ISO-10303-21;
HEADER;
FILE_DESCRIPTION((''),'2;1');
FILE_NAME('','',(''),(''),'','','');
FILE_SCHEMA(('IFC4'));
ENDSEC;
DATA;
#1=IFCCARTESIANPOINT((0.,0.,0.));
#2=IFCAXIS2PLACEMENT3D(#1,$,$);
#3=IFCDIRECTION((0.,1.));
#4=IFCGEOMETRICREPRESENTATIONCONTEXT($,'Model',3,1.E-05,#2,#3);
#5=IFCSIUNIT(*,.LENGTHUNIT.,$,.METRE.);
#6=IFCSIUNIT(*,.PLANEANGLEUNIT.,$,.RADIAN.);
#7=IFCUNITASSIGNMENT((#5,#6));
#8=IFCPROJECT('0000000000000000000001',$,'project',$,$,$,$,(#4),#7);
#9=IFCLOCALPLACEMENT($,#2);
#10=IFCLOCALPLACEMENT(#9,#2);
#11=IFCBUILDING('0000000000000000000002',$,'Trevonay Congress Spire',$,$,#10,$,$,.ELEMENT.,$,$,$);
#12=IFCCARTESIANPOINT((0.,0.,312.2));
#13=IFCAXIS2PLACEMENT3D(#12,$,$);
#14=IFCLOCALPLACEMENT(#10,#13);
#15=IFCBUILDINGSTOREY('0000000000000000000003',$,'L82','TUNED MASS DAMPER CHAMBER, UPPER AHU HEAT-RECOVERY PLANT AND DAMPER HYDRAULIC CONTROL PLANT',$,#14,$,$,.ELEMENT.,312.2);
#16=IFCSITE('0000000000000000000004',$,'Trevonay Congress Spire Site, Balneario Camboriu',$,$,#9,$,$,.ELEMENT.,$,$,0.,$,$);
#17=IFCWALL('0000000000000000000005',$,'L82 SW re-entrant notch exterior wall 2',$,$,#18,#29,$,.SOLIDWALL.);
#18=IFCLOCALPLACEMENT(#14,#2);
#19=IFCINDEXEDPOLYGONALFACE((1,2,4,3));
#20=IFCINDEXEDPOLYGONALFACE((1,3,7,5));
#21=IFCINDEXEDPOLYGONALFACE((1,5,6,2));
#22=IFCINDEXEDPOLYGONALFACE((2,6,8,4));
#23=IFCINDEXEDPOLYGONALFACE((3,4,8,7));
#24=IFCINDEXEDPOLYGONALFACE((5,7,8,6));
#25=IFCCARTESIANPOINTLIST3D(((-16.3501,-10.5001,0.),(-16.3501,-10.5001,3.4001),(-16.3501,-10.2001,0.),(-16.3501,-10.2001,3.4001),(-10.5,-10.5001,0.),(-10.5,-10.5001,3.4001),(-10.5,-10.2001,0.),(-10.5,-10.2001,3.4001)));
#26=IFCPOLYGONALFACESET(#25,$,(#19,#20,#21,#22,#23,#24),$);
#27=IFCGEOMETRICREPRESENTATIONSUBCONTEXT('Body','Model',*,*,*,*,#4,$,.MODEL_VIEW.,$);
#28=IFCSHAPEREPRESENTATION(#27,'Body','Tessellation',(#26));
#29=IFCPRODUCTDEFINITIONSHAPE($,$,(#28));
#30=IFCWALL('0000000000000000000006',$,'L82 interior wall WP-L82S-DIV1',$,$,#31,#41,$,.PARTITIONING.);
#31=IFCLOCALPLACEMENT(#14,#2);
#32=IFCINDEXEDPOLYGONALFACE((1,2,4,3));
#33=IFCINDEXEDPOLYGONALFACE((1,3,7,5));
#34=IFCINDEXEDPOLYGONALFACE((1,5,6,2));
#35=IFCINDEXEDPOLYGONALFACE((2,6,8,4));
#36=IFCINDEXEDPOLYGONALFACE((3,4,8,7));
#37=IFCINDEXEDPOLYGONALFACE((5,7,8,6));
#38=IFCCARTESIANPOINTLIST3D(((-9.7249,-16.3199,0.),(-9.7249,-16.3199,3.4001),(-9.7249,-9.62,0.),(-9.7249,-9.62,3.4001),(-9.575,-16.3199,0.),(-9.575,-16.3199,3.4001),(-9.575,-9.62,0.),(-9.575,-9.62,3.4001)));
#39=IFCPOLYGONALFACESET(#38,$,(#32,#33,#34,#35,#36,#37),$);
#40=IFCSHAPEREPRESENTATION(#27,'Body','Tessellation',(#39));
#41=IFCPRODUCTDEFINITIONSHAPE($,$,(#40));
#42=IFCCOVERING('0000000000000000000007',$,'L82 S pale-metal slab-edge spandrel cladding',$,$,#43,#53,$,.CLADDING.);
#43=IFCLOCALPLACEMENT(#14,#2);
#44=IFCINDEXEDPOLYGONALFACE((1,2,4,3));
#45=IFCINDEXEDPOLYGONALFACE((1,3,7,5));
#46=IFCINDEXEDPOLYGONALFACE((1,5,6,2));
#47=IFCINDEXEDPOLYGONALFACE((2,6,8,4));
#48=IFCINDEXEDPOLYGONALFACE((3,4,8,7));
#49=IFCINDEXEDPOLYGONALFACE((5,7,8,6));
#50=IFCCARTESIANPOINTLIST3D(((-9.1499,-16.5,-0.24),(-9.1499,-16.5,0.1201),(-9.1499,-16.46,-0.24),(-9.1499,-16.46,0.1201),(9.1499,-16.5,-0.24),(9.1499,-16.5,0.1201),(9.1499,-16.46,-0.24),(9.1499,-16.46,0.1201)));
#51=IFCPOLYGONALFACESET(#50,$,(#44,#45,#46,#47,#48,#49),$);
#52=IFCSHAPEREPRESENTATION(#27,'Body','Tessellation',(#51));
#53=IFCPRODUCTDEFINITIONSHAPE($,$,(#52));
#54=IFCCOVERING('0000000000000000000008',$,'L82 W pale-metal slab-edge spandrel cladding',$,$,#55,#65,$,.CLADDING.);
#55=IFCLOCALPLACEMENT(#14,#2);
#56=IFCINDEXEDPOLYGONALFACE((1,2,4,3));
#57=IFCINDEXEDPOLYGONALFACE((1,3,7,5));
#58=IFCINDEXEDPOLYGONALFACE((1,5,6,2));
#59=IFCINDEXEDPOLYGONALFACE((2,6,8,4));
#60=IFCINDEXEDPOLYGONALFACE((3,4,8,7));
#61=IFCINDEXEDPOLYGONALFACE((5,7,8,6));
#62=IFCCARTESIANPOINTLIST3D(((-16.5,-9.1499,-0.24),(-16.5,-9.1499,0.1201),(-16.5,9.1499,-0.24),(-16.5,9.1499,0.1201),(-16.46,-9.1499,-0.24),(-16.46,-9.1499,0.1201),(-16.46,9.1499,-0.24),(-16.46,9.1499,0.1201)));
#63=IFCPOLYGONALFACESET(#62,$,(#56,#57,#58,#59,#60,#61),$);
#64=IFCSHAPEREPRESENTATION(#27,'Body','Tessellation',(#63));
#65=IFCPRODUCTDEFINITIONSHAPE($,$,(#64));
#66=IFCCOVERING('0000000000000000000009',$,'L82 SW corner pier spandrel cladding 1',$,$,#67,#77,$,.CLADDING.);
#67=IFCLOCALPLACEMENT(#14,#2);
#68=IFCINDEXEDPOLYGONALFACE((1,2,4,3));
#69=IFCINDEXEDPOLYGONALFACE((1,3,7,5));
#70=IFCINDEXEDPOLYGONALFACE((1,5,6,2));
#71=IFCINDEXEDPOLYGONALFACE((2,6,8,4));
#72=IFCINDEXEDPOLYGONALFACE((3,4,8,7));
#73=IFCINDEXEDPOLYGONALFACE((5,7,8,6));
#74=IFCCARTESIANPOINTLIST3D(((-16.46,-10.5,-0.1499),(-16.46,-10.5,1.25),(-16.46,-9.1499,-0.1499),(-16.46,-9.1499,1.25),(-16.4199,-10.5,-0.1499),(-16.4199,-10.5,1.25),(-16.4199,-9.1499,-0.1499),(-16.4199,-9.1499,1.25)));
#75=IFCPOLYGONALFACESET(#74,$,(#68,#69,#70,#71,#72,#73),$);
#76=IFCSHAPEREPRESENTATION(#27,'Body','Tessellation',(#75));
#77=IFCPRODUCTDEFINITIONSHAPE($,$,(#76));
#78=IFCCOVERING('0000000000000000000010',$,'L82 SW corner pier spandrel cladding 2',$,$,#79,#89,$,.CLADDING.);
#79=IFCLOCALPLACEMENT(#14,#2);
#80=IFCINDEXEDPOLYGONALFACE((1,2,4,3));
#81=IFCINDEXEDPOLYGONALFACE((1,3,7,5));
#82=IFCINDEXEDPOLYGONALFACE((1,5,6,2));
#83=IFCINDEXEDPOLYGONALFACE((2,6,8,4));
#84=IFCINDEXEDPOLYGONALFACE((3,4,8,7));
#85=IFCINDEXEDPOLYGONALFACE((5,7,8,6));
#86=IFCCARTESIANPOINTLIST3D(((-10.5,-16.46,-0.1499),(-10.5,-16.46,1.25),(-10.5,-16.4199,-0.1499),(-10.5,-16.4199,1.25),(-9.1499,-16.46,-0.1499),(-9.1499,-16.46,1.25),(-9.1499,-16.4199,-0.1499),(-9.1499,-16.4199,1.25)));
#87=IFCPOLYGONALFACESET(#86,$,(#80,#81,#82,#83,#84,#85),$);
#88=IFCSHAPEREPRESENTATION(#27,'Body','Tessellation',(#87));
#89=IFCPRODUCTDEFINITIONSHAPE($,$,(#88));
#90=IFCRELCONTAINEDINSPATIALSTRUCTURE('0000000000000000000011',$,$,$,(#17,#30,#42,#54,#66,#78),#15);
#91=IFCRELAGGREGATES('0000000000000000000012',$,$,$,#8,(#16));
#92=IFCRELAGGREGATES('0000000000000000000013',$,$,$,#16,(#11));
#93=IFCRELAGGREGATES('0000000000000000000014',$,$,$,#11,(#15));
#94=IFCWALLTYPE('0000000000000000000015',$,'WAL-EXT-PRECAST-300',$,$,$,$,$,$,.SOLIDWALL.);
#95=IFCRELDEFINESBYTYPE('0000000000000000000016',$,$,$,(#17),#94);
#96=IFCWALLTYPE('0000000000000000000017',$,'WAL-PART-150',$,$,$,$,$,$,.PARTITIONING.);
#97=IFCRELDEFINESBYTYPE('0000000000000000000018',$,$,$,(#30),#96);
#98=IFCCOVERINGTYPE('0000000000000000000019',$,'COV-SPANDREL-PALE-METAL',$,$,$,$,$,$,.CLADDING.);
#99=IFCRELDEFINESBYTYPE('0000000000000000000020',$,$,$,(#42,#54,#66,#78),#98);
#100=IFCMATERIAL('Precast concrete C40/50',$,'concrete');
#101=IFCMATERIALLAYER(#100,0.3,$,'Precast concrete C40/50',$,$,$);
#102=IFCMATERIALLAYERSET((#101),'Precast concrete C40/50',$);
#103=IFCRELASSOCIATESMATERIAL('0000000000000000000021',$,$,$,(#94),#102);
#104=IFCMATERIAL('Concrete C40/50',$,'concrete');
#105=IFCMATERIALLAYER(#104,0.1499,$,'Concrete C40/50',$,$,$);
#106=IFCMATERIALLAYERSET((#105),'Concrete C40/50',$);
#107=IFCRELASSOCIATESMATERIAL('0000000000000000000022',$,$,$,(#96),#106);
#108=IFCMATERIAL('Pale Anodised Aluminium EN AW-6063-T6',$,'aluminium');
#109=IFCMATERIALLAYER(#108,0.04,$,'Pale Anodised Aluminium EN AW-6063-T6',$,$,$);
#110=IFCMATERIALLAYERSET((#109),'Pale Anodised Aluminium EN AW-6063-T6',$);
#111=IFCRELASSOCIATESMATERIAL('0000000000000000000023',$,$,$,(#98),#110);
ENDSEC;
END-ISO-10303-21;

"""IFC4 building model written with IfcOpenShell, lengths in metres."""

from ifc_helpers import new_model, si_unit, direction, frame, frame_2d, origin, place, context, subcontext, project, spatial, rectangle, extrude, material, layer, layer_set, type_object, element, save


model = new_model("IFC4")

# Units and contexts
model_context = context("Model", 3, precision=1e-05, world=origin(), true_north=direction((0.0, 1.0)))
body_context = subcontext(model_context, "Body", "Model", "MODEL_VIEW")
ifc_project = project(units=[si_unit("LENGTHUNIT", "METRE"), si_unit("PLANEANGLEUNIT", "RADIAN")], contexts=[model_context])

# Site, building, storey
site_placement = place(None, origin())
site = spatial("IfcSite", under=ifc_project, at=site_placement, Name="Trevonay Congress Spire Site, Balneario Camboriu", CompositionType="ELEMENT", RefElevation=0.0)
building_placement = place(site_placement, origin())
building = spatial("IfcBuilding", under=site, at=building_placement, Name="Trevonay Congress Spire", CompositionType="ELEMENT")
storey_placement = place(building_placement, frame((0.0, 0.0, 312.2)))
storey = spatial("IfcBuildingStorey", under=building, at=storey_placement, Name="L82", Description="TUNED MASS DAMPER CHAMBER, UPPER AHU HEAT-RECOVERY PLANT AND DAMPER HYDRAULIC CONTROL PLANT", CompositionType="ELEMENT", Elevation=312.2)

# Shared definitions
ifc_material_1 = material(Name="Pale Anodised Aluminium EN AW-6063-T6", Category="aluminium")

# Shared definitions
ifc_material_2 = material(Name="Concrete C40/50", Category="concrete")

# Shared definitions
ifc_material_3 = material(Name="Precast concrete C40/50", Category="concrete")
ifc_layer_1 = layer(ifc_material_3, 0.3, Name="Precast concrete C40/50")
ifc_layer_set_1 = layer_set([ifc_layer_1], Name="Precast concrete C40/50")
wall_type_1 = type_object("IfcWallType", Name="WAL-EXT-PRECAST-300", PredefinedType="SOLIDWALL", material=ifc_layer_set_1)

# Walls
wall_1_placement = place(storey_placement, frame((-16.3501, -10.3501, 0.0), z_axis=(0.0, 0.0, 1.0), x_axis=(1.0, 0.0, 0.0)))
element("IfcWall", 1, at=wall_1_placement, inside=storey, type_object=wall_type_1, Name="L82 SW re-entrant notch exterior wall 2", PredefinedType="SOLIDWALL", context=body_context, shape_type="SweptSolid", body=[
    extrude(rectangle(XDim=5.8501, YDim=0.3, at=frame_2d((2.925, 0.0))), origin(), (0.0, 0.0, 1.0), 3.4001),
])
ifc_layer_2 = layer(ifc_material_2, 0.1499, Name="Concrete C40/50")
ifc_layer_set_2 = layer_set([ifc_layer_2], Name="Concrete C40/50")
wall_type_2 = type_object("IfcWallType", Name="WAL-PART-150", PredefinedType="PARTITIONING", material=ifc_layer_set_2)
wall_2_placement = place(storey_placement, frame((-9.6499, -16.3201, 0.0), z_axis=(0.0, 0.0, 1.0), x_axis=(0.0, 1.0, 0.0)))
element("IfcWall", 2, at=wall_2_placement, inside=storey, type_object=wall_type_2, Name="L82 interior wall WP-L82S-DIV1", PredefinedType="PARTITIONING", context=body_context, shape_type="SweptSolid", body=[
    extrude(rectangle(XDim=6.7, YDim=0.1499, at=frame_2d((3.3501, 0.0))), origin(), (0.0, 0.0, 1.0), 3.4001),
])

# Coverings
ifc_layer_3 = layer(ifc_material_1, 0.04, Name="Pale Anodised Aluminium EN AW-6063-T6")
ifc_layer_set_3 = layer_set([ifc_layer_3], Name="Pale Anodised Aluminium EN AW-6063-T6")
covering_type = type_object("IfcCoveringType", Name="COV-SPANDREL-PALE-METAL", PredefinedType="CLADDING", material=ifc_layer_set_3)
for number, where, z_axis, x_axis, name in (
    (3, (-9.1499, -16.48, -0.24), (0.0, 0.0, 1.0), (1.0, 0.0, 0.0), "L82 S pale-metal slab-edge spandrel cladding"),
    (4, (-16.48, -9.1499, -0.24), (0.0, 0.0, 1.0), (0.0, 1.0, 0.0), "L82 W pale-metal slab-edge spandrel cladding"),
):
    element("IfcCovering", number, at=place(storey_placement, frame(where, z_axis=z_axis, x_axis=x_axis)), inside=storey, type_object=covering_type, Name=name, PredefinedType="CLADDING", context=body_context, shape_type="SweptSolid", body=[
        extrude(rectangle(XDim=18.2998, YDim=0.04, at=frame_2d((9.1499, 0.0))), origin(), (0.0, 0.0, 1.0), 0.3601),
    ])
for number, where, z_axis, x_axis, name in (
    (5, (-16.4399, -9.1499, -0.1499), (0.0, 0.0, 1.0), (0.0, -1.0, 0.0), "L82 SW corner pier spandrel cladding 1"),
    (6, (-9.1499, -16.4399, -0.1499), (0.0, 0.0, 1.0), (-1.0, 0.0, 0.0), "L82 SW corner pier spandrel cladding 2"),
):
    element("IfcCovering", number, at=place(storey_placement, frame(where, z_axis=z_axis, x_axis=x_axis)), inside=storey, type_object=covering_type, Name=name, PredefinedType="CLADDING", context=body_context, shape_type="SweptSolid", body=[
        extrude(rectangle(XDim=1.3501, YDim=0.04, at=frame_2d((0.675, 0.0))), origin(), (0.0, 0.0, 1.0), 1.3999),
    ])

save(model, "model.ifc")
